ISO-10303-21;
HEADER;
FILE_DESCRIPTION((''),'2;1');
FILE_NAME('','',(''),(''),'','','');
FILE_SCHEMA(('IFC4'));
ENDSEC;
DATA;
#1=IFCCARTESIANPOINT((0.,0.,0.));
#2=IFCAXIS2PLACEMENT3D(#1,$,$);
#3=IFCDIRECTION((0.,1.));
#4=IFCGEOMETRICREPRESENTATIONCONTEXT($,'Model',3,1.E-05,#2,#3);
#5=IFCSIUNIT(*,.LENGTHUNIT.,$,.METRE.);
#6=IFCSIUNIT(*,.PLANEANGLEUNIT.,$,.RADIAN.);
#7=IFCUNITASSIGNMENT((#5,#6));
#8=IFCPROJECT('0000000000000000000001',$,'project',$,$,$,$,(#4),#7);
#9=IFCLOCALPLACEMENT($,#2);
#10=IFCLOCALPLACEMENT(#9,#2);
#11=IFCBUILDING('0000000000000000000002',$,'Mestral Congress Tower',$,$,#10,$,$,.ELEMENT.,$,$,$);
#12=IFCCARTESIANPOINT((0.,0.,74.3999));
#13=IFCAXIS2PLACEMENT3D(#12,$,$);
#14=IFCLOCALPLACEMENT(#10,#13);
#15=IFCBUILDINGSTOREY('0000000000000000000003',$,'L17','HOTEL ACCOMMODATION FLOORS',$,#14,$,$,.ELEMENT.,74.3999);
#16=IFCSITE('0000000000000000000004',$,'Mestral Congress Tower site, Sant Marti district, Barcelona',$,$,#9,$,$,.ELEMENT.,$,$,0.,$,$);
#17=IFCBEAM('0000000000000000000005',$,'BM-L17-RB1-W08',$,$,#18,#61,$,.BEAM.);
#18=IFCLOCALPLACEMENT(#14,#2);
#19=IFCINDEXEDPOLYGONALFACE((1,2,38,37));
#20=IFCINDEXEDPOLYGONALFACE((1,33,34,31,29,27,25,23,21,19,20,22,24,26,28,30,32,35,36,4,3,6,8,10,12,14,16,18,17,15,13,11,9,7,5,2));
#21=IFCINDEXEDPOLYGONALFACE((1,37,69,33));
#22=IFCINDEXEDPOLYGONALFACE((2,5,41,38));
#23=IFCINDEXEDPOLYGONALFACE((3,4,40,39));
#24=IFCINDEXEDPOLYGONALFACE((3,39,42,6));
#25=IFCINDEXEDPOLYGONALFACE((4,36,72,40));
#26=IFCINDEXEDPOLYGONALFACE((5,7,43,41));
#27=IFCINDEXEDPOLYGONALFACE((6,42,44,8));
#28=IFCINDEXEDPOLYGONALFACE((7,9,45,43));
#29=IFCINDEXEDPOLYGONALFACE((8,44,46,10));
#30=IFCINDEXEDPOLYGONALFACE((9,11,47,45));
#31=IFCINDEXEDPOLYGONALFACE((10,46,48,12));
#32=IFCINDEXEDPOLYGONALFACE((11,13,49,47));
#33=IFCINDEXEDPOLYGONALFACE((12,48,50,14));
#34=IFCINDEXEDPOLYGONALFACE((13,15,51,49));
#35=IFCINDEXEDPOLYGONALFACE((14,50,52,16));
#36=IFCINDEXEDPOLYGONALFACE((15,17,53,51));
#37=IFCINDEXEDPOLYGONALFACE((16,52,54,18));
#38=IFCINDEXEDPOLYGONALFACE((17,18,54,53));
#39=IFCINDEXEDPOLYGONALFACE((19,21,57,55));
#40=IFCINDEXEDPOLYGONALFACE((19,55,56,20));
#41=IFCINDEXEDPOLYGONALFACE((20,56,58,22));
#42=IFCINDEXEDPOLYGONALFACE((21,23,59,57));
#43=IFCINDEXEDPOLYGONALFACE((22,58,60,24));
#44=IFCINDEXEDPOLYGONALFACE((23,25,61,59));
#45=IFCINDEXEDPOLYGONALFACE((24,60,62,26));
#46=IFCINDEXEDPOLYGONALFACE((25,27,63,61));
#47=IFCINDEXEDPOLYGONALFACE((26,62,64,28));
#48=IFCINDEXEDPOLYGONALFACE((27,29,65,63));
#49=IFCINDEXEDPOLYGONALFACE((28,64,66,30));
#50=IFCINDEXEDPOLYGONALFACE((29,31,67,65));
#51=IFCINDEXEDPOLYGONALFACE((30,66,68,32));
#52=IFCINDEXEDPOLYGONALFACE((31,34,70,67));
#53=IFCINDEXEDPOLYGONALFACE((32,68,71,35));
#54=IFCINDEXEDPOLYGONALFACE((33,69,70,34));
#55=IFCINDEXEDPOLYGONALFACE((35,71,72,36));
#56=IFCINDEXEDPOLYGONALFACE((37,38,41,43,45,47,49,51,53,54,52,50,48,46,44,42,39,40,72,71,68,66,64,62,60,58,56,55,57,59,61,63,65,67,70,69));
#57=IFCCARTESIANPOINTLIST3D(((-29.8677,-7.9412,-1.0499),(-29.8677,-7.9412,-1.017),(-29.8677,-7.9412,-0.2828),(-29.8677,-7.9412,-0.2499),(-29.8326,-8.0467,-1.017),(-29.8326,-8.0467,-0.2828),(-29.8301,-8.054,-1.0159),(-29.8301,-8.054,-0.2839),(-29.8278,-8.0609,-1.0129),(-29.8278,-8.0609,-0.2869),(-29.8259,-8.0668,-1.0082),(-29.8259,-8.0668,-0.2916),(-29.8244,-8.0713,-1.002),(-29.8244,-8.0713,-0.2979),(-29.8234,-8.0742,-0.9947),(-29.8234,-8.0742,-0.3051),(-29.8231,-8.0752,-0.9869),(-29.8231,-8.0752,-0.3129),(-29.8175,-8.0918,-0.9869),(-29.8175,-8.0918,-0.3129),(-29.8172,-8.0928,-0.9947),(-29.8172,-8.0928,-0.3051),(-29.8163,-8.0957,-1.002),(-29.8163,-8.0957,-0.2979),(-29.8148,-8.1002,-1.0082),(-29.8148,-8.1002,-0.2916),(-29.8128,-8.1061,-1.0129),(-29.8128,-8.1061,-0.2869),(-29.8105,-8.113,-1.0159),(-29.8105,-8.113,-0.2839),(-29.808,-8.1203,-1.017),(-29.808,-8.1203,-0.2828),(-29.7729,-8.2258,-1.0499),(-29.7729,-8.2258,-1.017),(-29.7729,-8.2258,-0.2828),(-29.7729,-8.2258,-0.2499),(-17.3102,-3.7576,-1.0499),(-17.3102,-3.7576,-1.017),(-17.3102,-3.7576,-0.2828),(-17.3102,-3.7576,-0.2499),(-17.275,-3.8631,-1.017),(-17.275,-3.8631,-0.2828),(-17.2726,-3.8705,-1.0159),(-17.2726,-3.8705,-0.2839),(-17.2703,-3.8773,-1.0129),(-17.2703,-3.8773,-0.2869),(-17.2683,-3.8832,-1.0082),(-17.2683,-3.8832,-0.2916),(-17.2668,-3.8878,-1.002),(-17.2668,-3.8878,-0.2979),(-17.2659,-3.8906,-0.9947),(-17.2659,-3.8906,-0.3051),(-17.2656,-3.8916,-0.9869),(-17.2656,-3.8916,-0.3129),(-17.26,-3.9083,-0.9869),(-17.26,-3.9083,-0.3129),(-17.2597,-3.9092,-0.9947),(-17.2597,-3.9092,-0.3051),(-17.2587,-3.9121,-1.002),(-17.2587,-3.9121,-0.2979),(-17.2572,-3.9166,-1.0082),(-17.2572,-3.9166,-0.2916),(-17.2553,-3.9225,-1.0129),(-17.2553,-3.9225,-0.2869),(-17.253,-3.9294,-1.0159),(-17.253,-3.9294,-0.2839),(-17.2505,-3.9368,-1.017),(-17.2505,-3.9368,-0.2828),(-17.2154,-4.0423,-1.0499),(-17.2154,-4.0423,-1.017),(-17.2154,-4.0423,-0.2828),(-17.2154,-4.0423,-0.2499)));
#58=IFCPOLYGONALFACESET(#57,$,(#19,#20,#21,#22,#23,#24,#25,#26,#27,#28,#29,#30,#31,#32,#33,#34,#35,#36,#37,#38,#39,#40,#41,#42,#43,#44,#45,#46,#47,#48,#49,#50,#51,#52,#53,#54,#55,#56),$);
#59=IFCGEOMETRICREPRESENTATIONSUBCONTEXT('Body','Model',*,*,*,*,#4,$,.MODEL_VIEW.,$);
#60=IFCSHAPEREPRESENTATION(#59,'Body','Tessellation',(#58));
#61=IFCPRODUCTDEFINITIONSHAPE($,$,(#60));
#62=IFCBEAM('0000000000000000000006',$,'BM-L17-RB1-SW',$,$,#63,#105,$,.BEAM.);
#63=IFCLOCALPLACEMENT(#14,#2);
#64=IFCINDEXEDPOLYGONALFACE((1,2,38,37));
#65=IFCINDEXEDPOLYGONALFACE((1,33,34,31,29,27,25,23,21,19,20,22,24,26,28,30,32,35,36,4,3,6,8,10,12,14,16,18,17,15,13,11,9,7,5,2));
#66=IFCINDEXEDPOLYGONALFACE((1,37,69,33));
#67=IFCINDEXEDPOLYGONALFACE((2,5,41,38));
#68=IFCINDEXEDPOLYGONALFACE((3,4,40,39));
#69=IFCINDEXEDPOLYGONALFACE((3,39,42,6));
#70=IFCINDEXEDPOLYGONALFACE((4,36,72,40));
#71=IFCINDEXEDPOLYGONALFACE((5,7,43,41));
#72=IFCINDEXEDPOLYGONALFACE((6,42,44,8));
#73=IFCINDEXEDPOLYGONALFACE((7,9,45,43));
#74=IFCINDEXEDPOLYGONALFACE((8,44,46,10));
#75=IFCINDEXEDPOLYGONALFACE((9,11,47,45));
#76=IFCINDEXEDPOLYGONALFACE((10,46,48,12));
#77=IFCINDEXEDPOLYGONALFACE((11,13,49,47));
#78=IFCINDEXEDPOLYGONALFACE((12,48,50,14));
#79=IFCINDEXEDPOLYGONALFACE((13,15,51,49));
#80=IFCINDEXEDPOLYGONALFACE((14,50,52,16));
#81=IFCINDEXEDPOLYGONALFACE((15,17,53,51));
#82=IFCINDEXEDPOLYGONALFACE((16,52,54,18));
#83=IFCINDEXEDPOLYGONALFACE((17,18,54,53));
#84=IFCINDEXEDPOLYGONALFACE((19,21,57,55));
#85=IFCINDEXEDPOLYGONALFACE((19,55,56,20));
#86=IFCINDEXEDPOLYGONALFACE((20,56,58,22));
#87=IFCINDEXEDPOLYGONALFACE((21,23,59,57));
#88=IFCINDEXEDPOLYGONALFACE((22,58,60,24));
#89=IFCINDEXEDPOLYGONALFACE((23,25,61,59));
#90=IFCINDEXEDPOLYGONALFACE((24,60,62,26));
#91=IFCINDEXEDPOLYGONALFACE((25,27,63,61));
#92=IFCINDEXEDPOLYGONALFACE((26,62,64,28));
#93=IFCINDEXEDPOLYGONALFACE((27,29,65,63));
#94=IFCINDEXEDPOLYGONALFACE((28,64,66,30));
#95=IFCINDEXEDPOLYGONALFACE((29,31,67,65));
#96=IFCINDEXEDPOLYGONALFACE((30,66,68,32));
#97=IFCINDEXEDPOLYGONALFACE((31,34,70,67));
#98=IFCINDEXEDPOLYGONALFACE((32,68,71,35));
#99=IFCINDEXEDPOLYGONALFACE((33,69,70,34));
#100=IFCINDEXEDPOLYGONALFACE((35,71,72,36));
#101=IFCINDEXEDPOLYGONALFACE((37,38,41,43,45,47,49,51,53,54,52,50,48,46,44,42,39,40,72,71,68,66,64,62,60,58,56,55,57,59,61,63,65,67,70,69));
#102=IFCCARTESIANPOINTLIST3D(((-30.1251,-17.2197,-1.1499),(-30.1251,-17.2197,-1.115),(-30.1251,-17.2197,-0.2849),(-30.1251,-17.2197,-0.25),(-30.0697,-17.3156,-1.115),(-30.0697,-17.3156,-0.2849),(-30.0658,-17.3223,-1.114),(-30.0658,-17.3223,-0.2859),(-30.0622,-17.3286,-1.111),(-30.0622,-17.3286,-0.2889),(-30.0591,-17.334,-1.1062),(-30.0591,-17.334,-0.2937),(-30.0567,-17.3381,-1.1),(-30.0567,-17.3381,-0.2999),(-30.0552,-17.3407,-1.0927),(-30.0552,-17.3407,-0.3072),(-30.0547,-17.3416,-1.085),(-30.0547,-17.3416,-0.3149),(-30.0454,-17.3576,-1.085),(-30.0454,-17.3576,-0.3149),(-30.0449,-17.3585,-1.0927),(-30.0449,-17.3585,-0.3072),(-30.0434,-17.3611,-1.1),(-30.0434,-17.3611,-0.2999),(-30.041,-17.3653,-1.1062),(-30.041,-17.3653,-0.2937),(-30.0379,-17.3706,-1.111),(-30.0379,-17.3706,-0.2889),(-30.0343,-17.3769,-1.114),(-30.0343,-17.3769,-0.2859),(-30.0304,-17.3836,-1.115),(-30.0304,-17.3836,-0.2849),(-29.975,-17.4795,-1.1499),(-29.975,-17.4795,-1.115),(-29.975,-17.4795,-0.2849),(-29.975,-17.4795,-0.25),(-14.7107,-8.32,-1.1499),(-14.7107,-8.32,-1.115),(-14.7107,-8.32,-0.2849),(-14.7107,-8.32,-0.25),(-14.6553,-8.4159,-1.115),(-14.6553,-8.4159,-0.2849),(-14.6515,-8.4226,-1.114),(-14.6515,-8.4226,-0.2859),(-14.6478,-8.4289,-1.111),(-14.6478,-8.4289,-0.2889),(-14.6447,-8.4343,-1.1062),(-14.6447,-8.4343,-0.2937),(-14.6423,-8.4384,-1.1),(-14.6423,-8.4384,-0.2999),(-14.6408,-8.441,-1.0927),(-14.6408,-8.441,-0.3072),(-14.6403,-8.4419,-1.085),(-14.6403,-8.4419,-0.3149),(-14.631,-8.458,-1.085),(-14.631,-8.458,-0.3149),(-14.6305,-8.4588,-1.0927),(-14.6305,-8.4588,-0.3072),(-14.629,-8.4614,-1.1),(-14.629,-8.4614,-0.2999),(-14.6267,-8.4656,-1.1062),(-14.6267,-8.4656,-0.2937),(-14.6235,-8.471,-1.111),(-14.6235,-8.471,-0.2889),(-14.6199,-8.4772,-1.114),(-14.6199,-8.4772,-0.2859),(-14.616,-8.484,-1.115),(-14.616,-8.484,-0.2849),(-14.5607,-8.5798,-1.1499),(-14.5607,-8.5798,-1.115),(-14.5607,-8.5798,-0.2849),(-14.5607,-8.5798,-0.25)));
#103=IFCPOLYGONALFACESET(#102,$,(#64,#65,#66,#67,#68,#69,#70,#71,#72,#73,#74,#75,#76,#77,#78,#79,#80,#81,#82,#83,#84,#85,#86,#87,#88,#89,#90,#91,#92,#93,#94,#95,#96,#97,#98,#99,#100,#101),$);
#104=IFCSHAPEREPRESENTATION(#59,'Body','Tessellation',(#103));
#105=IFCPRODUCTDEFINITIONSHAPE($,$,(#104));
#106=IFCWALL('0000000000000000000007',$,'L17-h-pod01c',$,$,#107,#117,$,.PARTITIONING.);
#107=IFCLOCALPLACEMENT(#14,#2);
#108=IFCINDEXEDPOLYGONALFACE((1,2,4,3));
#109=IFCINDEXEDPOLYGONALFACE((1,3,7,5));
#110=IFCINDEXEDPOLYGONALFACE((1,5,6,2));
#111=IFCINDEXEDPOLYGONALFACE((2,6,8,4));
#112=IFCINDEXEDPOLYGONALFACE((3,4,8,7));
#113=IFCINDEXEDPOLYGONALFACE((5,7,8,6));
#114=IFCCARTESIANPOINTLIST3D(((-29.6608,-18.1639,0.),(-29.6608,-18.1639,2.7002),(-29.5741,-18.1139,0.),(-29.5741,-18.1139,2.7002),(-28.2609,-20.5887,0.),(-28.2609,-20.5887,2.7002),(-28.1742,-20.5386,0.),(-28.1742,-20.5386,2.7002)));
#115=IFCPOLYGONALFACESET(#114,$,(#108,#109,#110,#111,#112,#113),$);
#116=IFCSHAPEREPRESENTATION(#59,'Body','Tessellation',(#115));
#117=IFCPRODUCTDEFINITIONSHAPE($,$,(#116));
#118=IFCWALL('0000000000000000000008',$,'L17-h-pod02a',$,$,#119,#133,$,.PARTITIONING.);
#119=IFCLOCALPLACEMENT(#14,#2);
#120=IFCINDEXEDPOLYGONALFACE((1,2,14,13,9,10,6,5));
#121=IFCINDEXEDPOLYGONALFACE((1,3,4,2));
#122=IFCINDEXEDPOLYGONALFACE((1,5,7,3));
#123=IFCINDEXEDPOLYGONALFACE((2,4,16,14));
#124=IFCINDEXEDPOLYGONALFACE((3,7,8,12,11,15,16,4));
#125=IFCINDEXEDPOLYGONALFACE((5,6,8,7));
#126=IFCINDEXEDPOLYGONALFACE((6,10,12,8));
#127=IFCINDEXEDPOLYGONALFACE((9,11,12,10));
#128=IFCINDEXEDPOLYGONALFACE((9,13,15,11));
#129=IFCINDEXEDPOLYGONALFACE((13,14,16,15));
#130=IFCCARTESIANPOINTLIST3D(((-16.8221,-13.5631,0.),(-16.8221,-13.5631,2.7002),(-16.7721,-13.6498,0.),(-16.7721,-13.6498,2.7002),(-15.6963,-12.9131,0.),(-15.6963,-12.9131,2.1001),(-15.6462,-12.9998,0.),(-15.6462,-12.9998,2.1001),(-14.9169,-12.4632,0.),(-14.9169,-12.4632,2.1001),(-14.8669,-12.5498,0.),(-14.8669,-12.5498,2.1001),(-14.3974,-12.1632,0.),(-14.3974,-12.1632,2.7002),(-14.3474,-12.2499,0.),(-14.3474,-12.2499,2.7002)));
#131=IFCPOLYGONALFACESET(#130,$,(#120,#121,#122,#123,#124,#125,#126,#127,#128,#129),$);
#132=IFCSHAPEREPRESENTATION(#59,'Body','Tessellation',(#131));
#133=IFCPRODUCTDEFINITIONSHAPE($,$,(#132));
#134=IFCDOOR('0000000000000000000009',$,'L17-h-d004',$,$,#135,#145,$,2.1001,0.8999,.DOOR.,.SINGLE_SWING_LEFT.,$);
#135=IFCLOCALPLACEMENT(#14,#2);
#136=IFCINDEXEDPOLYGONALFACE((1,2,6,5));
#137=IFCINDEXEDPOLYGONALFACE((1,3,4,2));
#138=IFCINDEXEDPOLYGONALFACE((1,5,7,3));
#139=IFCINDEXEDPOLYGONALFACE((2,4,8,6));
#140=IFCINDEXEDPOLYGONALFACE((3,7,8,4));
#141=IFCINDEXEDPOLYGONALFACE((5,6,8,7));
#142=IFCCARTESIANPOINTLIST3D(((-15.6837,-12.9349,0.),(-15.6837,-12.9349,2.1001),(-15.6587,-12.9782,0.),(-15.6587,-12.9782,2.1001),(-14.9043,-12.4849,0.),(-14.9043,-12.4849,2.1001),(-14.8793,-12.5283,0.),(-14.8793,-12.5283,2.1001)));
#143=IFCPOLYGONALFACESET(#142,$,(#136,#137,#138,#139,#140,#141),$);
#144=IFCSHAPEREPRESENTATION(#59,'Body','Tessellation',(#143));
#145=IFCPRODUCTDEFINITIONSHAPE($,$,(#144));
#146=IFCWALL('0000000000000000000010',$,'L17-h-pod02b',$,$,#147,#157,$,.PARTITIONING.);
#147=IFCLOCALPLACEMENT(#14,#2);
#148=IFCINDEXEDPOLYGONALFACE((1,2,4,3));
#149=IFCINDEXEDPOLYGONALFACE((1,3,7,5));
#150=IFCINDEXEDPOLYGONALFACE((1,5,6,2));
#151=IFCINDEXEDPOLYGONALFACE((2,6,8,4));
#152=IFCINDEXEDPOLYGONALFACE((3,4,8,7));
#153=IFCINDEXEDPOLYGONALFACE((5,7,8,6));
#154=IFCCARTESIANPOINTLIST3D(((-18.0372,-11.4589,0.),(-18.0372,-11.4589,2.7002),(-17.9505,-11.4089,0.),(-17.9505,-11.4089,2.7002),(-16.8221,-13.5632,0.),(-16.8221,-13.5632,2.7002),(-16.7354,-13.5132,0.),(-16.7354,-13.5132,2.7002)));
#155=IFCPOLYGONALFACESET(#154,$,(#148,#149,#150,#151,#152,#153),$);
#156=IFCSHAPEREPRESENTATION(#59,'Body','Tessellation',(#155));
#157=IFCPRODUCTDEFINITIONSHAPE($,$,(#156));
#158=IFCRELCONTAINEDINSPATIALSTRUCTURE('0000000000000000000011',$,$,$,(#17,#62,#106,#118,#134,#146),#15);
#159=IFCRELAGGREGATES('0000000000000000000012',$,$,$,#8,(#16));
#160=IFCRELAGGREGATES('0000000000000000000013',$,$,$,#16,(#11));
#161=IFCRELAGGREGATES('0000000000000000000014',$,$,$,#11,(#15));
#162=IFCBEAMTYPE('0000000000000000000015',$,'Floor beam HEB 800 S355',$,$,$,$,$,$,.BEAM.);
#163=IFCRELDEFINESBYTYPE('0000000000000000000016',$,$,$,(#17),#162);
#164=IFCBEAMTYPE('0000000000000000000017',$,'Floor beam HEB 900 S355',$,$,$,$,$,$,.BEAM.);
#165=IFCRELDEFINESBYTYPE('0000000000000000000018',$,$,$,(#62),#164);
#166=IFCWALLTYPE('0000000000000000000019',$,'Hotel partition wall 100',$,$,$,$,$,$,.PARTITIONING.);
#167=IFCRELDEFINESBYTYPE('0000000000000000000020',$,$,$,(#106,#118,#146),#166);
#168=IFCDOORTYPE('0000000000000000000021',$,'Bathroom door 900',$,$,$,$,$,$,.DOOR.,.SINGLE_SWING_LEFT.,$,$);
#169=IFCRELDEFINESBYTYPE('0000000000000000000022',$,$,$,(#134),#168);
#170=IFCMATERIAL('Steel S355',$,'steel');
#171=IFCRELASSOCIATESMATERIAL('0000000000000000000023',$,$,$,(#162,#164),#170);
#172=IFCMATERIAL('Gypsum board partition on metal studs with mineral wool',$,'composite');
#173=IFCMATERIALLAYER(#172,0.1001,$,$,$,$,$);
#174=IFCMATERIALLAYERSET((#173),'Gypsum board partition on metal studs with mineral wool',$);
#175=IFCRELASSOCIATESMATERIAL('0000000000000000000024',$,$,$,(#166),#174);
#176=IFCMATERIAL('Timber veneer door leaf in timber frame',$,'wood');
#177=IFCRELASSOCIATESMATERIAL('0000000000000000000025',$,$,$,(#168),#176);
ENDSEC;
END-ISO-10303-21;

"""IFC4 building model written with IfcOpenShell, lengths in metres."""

from ifc_helpers import new_model, si_unit, direction, frame, frame_2d, origin, origin_2d, place, context, subcontext, project, spatial, rectangle, i_section, extrude, material, layer, layer_set, material_profile, profile_set, type_object, element, fill, save


model = new_model("IFC4")

# Units and contexts
model_context = context("Model", 3, precision=1e-05, world=origin(), true_north=direction((0.0, 1.0)))
body_context = subcontext(model_context, "Body", "Model", "MODEL_VIEW")
ifc_project = project(units=[si_unit("LENGTHUNIT", "METRE"), si_unit("PLANEANGLEUNIT", "RADIAN")], contexts=[model_context])

# Site, building, storey
site_placement = place(None, origin())
site = spatial("IfcSite", under=ifc_project, at=site_placement, Name="Mestral Congress Tower site, Sant Marti district, Barcelona", CompositionType="ELEMENT", RefElevation=0.0)
building_placement = place(site_placement, origin())
building = spatial("IfcBuilding", under=site, at=building_placement, Name="Mestral Congress Tower", CompositionType="ELEMENT")
storey_placement = place(building_placement, frame((0.0, 0.0, 74.3999)))
storey = spatial("IfcBuildingStorey", under=building, at=storey_placement, Name="L17", Description="HOTEL ACCOMMODATION FLOORS", CompositionType="ELEMENT", Elevation=74.3999)

# Beams
ifc_material_1 = material(Name="Steel S355", Category="steel")
ifc_material_profile_1 = material_profile(ifc_material_1, i_section(OverallWidth=0.3, OverallDepth=0.8, WebThickness=0.0176, FlangeThickness=0.033, FilletRadius=0.03, at=origin_2d()), Name="HEB 800")
ifc_profile_set_1 = profile_set([ifc_material_profile_1], Name="Steel S355")
beam_type_1 = type_object("IfcBeamType", Name="Floor beam HEB 800 S355", PredefinedType="BEAM", material=ifc_profile_set_1)
beam_1_placement = place(storey_placement, frame((-29.8203, -8.0835, -0.6499), z_axis=(0.948735, 0.316073, 0.0), x_axis=(-0.316073, 0.948735, 0.0)))
element("IfcBeam", 1, at=beam_1_placement, inside=storey, type_object=beam_type_1, Name="BM-L17-RB1-W08", PredefinedType="BEAM", context=body_context, shape_type="SweptSolid", body=[
    extrude(i_section(OverallWidth=0.3, OverallDepth=0.8, WebThickness=0.0176, FlangeThickness=0.033, FilletRadius=0.03, at=origin_2d()), origin(), (0.0, 0.0, 1.0), 13.2361),
])
ifc_material_profile_2 = material_profile(ifc_material_1, i_section(OverallWidth=0.3, OverallDepth=0.8999, WebThickness=0.0186, FlangeThickness=0.0349, FilletRadius=0.03, at=origin_2d()), Name="HEB 900")
ifc_profile_set_2 = profile_set([ifc_material_profile_2], Name="Steel S355")
beam_type_2 = type_object("IfcBeamType", Name="Floor beam HEB 900 S355", PredefinedType="BEAM", material=ifc_profile_set_2)
beam_2_placement = place(storey_placement, frame((-30.05, -17.3496, -0.7), z_axis=(0.86602, 0.500009, 0.0), x_axis=(-0.500009, 0.86602, 0.0)))
element("IfcBeam", 2, at=beam_2_placement, inside=storey, type_object=beam_type_2, Name="BM-L17-RB1-SW", PredefinedType="BEAM", context=body_context, shape_type="SweptSolid", body=[
    extrude(i_section(OverallWidth=0.3, OverallDepth=0.8999, WebThickness=0.0186, FlangeThickness=0.0349, FilletRadius=0.03, at=origin_2d()), origin(), (0.0, 0.0, 1.0), 17.7991),
])

# Wall
ifc_material_2 = material(Name="Gypsum board partition on metal studs with mineral wool", Category="composite")
ifc_layer_1 = layer(ifc_material_2, 0.1001)
ifc_layer_set_1 = layer_set([ifc_layer_1], Name="Gypsum board partition on metal studs with mineral wool")
wall_type_1 = type_object("IfcWallType", Name="Hotel partition wall 100", PredefinedType="PARTITIONING", material=ifc_layer_set_1)
wall_1_placement = place(storey_placement, frame((-29.6174, -18.1389, 0.0), z_axis=(0.0, 0.0, 1.0), x_axis=(0.499984, -0.866035, 0.0)))
element("IfcWall", 3, at=wall_1_placement, inside=storey, type_object=wall_type_1, Name="L17-h-pod01c", PredefinedType="PARTITIONING", context=body_context, shape_type="SweptSolid", body=[
    extrude(rectangle(XDim=2.7998, YDim=0.1001, at=frame_2d((1.3999, 0.0))), origin(), (0.0, 0.0, 1.0), 2.7002),
])

# Wall, opening, door
wall_2_placement = place(storey_placement, frame((-16.7971, -13.6064, 0.0), z_axis=(0.0, 0.0, 1.0), x_axis=(0.866035, 0.499984, 0.0)))
wall_2 = element("IfcWall", 4, at=wall_2_placement, inside=storey, type_object=wall_type_1, Name="L17-h-pod02a", PredefinedType="PARTITIONING", context=body_context, shape_type="SweptSolid", body=[
    extrude(rectangle(XDim=2.7998, YDim=0.1001, at=frame_2d((1.3999, 0.0))), origin(), (0.0, 0.0, 1.0), 2.7002),
])
opening_1_placement = place(wall_2_placement, frame((1.3, 0.0, 0.0)))
opening_1 = element("IfcOpeningElement", 5, at=opening_1_placement, cuts=wall_2, PredefinedType="OPENING", context=body_context, shape_type="SweptSolid", body=[
    extrude(rectangle(XDim=0.8999, YDim=2.1001, at=frame_2d((0.45, 1.05))), frame((0.0, 0.0601, 0.0), z_axis=(0.0, -1.0, 0.0), x_axis=(1.0, 0.0, 0.0)), (0.0, 0.0, 1.0), 0.1201),
])
ifc_material_3 = material(Name="Timber veneer door leaf in timber frame", Category="wood")
door_type_1 = type_object("IfcDoorType", Name="Bathroom door 900", OperationType="SINGLE_SWING_LEFT", PredefinedType="DOOR", material=ifc_material_3)
door_1_placement = place(opening_1_placement, origin())
door_1 = element("IfcDoor", 6, at=door_1_placement, inside=storey, type_object=door_type_1, Name="L17-h-d004", OperationType="SINGLE_SWING_LEFT", OverallHeight=2.1001, OverallWidth=0.8999, PredefinedType="DOOR", context=body_context, shape_type="SweptSolid", body=[
    extrude(rectangle(XDim=0.8999, YDim=2.1001, at=frame_2d((0.45, 1.05))), frame((0.0, 0.0249, 0.0), z_axis=(0.0, -1.0, 0.0), x_axis=(1.0, 0.0, 0.0)), (0.0, 0.0, 1.0), 0.05),
])
fill(opening_1, door_1)

# Wall
wall_3_placement = place(storey_placement, frame((-16.7788, -13.5381, 0.0), z_axis=(0.0, 0.0, 1.0), x_axis=(-0.500062, 0.86599, 0.0)))
element("IfcWall", 7, at=wall_3_placement, inside=storey, type_object=wall_type_1, Name="L17-h-pod02b", PredefinedType="PARTITIONING", context=body_context, shape_type="SweptSolid", body=[
    extrude(rectangle(XDim=2.4299, YDim=0.1001, at=frame_2d((1.2148, 0.0))), origin(), (0.0, 0.0, 1.0), 2.7002),
])

save(model, "model.ifc")
